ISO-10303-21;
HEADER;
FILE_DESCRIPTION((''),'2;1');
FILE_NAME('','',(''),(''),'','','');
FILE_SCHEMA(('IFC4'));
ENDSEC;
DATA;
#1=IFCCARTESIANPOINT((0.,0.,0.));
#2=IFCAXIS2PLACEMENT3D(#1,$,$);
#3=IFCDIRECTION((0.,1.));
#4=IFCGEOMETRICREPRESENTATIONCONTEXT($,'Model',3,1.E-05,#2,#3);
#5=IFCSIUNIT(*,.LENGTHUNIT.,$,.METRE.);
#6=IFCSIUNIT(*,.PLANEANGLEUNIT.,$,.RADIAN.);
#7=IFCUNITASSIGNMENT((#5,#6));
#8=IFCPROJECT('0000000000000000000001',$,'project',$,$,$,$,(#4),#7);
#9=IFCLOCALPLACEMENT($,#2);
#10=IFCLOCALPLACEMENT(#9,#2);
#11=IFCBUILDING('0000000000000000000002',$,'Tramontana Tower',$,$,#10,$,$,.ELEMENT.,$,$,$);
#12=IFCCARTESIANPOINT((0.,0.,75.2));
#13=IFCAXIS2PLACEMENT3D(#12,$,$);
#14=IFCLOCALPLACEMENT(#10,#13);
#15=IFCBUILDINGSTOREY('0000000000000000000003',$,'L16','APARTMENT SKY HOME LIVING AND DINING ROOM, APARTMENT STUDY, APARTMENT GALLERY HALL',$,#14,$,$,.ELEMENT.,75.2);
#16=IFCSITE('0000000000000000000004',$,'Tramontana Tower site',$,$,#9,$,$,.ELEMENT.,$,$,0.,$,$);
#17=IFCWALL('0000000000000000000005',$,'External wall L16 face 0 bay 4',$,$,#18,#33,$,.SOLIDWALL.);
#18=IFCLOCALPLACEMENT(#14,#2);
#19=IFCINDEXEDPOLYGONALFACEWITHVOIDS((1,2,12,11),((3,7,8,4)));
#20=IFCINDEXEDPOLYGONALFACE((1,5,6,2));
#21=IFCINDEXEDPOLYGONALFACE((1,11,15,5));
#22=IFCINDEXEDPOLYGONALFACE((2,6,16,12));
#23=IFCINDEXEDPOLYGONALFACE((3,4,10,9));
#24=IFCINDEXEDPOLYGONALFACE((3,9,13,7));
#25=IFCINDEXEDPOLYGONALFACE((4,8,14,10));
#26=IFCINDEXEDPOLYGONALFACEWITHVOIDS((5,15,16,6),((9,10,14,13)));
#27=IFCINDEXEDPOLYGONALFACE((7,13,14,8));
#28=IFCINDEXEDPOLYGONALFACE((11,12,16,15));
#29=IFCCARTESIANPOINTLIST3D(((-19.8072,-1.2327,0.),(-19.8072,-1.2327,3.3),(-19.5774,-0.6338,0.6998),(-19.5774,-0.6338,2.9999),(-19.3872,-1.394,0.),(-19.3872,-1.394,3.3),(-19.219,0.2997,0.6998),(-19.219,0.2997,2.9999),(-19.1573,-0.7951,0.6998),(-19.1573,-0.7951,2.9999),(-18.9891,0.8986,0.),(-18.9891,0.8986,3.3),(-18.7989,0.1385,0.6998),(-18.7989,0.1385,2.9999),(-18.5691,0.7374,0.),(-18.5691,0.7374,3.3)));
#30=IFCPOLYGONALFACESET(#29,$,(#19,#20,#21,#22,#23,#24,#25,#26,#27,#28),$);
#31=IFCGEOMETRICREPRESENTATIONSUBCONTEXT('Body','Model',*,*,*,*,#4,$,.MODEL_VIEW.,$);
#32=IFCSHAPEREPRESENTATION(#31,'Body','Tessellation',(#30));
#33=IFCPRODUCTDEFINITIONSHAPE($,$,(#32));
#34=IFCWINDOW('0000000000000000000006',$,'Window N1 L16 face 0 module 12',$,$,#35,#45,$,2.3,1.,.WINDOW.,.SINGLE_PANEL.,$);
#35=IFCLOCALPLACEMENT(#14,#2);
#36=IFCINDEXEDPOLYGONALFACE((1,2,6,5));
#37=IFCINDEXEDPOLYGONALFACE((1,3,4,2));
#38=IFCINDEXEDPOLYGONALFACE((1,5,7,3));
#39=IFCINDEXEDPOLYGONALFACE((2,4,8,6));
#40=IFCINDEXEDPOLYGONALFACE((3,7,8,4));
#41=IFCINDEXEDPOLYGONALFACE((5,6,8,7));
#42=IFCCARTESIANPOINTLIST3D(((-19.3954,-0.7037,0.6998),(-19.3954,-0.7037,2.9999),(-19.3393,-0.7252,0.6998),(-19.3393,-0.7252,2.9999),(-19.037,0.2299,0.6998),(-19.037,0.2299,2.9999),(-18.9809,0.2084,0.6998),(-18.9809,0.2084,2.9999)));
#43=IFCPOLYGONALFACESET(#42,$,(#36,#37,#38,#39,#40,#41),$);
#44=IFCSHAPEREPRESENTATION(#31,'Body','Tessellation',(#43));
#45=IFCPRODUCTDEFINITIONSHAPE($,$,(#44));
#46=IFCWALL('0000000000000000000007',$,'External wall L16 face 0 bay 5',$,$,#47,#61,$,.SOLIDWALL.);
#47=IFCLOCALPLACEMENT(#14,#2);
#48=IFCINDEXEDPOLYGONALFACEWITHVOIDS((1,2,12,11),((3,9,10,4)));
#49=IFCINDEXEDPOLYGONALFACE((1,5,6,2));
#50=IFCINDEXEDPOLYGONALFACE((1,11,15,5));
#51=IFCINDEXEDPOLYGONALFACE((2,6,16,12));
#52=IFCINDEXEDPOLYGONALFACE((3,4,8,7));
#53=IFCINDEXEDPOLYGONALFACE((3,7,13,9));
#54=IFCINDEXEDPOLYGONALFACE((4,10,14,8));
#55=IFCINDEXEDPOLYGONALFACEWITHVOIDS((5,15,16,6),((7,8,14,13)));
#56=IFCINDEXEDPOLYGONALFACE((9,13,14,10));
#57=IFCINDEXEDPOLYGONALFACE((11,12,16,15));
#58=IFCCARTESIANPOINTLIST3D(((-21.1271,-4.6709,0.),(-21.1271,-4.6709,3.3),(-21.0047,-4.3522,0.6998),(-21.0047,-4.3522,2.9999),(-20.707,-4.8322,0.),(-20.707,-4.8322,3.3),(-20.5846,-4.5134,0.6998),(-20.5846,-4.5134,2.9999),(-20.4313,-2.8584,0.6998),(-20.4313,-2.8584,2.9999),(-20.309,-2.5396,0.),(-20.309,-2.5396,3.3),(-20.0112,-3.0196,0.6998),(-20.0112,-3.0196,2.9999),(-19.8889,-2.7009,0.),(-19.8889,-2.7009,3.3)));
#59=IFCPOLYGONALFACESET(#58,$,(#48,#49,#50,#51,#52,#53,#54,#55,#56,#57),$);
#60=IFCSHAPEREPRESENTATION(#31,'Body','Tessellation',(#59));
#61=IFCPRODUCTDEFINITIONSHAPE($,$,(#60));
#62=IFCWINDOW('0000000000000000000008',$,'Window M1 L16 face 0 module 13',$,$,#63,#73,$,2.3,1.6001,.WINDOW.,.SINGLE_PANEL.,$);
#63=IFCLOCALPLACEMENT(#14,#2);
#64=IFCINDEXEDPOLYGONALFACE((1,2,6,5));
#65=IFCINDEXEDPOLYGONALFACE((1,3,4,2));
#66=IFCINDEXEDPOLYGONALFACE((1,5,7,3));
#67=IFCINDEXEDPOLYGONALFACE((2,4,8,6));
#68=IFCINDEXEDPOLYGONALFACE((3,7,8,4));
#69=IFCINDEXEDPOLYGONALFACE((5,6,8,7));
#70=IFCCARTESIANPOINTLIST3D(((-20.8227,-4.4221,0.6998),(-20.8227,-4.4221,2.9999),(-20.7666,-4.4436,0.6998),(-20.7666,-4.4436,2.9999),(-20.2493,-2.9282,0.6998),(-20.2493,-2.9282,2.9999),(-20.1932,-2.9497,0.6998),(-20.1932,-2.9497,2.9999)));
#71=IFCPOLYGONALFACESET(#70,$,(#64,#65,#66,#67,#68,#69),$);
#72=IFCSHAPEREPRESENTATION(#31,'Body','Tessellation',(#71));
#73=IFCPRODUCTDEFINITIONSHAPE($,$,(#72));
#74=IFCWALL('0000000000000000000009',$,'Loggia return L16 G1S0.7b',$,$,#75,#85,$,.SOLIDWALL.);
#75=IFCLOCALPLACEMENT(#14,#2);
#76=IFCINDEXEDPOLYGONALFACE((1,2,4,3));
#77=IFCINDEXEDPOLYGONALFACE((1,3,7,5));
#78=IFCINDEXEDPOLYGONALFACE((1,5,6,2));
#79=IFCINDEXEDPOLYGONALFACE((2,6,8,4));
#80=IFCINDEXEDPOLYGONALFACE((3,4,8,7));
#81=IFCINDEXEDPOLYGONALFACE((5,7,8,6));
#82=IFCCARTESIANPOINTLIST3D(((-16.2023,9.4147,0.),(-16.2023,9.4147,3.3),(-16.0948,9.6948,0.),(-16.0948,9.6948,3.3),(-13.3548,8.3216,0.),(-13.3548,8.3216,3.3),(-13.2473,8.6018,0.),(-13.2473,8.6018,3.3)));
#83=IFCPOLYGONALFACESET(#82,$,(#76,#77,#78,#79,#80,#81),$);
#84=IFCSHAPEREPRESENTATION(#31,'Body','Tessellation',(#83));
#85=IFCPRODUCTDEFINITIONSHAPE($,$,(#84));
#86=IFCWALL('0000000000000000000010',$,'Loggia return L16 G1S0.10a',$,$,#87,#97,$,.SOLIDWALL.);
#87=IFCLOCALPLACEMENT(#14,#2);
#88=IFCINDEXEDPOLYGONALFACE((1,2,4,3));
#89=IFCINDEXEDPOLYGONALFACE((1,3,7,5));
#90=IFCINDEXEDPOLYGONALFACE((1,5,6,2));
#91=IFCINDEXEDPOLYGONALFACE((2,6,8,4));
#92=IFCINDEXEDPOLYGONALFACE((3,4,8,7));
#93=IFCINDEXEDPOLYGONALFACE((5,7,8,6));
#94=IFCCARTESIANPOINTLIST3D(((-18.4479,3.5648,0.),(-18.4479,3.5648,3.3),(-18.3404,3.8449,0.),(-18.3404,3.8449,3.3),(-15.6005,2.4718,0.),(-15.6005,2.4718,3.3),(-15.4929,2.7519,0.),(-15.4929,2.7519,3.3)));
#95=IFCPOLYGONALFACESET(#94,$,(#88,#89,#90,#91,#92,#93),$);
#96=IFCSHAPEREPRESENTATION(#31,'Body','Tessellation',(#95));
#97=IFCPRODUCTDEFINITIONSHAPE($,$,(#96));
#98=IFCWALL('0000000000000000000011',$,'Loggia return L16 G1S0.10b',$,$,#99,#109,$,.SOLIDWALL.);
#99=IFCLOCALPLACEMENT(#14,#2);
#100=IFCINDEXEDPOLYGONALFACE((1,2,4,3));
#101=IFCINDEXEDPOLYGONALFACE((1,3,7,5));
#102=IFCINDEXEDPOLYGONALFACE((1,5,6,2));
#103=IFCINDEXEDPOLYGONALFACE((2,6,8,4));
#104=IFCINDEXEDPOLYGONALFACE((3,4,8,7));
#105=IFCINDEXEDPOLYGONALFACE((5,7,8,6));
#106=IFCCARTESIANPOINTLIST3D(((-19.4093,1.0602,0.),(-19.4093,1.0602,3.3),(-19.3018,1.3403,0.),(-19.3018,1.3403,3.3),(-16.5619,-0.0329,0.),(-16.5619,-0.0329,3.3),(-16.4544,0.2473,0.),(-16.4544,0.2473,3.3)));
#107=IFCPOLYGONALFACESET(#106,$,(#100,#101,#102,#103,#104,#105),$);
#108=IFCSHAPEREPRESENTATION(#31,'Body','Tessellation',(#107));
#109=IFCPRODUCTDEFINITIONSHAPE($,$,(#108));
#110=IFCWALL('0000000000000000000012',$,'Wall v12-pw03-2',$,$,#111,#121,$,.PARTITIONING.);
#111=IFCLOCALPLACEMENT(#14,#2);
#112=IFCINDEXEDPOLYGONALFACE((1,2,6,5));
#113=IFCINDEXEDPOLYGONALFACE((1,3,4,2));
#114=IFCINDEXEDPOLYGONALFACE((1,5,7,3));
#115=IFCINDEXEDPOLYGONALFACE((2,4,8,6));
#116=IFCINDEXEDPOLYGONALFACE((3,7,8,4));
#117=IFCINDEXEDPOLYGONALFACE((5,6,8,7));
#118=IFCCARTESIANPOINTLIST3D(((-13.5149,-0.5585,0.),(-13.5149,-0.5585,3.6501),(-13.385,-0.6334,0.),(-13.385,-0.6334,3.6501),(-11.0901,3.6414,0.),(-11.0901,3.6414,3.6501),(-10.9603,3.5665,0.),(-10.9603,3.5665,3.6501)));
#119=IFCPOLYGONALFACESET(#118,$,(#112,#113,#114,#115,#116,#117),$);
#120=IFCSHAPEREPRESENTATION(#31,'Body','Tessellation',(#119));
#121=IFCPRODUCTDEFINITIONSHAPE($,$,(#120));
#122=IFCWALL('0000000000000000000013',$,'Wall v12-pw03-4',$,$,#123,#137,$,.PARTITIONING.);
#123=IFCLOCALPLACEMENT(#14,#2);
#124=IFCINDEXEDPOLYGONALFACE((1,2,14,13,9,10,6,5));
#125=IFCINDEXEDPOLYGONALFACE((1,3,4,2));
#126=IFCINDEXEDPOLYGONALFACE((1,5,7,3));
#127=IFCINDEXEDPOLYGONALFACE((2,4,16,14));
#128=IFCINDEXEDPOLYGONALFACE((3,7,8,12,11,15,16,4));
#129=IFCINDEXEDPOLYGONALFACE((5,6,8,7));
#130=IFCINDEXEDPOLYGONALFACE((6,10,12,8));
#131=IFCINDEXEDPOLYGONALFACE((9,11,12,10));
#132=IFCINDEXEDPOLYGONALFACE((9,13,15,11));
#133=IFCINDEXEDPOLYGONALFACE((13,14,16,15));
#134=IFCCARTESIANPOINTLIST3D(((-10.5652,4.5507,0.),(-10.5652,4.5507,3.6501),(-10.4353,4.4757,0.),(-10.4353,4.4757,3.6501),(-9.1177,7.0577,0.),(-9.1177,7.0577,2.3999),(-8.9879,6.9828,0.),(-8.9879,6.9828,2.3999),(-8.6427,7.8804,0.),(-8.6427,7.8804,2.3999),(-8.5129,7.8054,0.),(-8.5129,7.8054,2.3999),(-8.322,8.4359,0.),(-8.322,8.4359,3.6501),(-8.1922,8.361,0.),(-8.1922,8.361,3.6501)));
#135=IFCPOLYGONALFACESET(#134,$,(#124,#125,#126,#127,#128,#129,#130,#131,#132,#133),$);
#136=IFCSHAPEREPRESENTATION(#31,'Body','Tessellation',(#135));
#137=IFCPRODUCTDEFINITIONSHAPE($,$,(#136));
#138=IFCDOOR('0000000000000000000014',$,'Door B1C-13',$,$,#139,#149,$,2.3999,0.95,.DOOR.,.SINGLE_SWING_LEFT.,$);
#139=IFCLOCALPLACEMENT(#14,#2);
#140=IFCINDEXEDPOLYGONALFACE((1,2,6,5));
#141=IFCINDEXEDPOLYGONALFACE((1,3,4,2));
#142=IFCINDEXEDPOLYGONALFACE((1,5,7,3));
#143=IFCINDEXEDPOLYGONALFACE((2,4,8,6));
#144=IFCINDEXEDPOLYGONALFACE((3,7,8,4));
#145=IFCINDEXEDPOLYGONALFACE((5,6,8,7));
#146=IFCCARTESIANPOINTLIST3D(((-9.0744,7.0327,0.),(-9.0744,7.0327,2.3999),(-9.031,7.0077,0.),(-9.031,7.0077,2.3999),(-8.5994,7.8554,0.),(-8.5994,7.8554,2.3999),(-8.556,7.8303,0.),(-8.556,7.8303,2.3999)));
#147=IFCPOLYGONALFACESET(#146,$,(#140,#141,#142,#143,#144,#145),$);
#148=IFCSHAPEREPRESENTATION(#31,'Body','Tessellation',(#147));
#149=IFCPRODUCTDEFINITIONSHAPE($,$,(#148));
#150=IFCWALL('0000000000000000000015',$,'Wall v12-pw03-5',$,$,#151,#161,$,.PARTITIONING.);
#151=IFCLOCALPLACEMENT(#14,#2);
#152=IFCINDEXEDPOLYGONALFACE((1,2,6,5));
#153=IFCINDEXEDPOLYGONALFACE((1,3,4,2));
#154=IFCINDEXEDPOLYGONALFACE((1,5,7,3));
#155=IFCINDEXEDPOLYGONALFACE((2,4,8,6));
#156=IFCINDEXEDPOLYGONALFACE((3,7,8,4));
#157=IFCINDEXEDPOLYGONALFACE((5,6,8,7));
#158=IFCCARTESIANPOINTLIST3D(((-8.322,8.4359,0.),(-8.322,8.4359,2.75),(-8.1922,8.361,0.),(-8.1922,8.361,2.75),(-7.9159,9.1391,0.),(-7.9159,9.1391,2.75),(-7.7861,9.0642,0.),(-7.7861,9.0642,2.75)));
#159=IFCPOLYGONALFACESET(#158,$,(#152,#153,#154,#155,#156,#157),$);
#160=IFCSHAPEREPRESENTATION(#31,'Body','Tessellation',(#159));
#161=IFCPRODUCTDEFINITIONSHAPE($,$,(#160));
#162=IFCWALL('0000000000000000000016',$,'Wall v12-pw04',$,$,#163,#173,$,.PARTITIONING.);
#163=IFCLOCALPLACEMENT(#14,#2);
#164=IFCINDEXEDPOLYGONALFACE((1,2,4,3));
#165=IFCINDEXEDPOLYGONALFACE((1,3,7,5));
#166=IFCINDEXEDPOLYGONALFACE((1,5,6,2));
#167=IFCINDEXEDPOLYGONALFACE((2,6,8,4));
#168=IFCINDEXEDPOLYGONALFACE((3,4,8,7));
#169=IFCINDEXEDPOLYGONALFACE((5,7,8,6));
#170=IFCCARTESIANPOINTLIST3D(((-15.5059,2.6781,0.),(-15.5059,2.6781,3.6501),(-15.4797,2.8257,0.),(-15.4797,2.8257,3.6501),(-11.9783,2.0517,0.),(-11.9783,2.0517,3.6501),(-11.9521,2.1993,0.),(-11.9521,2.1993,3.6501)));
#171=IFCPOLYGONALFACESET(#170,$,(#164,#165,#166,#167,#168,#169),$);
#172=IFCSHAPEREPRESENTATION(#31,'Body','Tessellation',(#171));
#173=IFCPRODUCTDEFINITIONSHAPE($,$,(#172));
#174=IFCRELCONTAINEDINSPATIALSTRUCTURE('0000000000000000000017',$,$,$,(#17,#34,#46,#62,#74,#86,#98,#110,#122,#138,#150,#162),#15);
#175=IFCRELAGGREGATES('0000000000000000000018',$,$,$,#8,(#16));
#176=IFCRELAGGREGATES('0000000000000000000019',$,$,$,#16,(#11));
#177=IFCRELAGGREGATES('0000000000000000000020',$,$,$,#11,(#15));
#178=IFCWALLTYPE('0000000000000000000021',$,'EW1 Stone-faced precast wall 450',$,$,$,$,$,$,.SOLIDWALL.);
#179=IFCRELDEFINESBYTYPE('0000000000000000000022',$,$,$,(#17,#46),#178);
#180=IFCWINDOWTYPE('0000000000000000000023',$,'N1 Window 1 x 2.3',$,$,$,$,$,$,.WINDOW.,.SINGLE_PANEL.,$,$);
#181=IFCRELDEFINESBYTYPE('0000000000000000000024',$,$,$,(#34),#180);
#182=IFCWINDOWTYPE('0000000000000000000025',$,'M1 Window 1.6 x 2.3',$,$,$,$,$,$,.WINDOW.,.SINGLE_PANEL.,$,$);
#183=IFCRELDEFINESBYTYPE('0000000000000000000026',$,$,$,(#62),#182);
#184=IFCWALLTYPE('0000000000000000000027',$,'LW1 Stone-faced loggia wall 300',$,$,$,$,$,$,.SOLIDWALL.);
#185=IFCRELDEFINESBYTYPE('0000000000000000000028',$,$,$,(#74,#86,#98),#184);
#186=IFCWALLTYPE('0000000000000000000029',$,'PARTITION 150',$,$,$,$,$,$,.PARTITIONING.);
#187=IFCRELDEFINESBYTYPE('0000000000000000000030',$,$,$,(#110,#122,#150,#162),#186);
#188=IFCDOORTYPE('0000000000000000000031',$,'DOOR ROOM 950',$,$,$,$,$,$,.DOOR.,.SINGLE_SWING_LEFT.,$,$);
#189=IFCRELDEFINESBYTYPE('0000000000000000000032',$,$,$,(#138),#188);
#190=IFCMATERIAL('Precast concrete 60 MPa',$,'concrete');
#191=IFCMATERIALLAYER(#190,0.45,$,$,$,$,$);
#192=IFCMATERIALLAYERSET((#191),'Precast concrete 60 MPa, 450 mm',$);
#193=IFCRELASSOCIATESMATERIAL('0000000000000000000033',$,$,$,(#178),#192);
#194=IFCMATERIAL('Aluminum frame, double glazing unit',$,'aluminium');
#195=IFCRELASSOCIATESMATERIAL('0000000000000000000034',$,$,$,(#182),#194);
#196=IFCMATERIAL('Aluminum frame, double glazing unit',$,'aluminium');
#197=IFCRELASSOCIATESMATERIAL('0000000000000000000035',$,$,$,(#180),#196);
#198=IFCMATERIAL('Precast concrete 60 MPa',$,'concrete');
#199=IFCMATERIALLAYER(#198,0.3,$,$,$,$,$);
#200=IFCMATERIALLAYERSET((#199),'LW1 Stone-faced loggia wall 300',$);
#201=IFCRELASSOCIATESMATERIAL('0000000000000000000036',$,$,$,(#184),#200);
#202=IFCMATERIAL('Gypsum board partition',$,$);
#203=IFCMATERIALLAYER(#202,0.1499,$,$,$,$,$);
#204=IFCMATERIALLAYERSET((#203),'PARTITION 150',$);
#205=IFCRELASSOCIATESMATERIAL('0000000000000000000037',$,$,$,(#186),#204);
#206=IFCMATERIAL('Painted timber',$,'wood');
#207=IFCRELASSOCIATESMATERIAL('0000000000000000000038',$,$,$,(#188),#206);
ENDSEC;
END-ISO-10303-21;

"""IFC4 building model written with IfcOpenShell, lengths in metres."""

from ifc_helpers import new_model, si_unit, direction, frame, frame_2d, origin, place, context, subcontext, project, spatial, rectangle, extrude, material, layer, layer_set, type_object, element, fill, save


model = new_model("IFC4")

# Units and contexts
model_context = context("Model", 3, precision=1e-05, world=origin(), true_north=direction((0.0, 1.0)))
body_context = subcontext(model_context, "Body", "Model", "MODEL_VIEW")
ifc_project = project(units=[si_unit("LENGTHUNIT", "METRE"), si_unit("PLANEANGLEUNIT", "RADIAN")], contexts=[model_context])

# Site, building, storey
site_placement = place(None, origin())
site = spatial("IfcSite", under=ifc_project, at=site_placement, Name="Tramontana Tower site", CompositionType="ELEMENT", RefElevation=0.0)
building_placement = place(site_placement, origin())
building = spatial("IfcBuilding", under=site, at=building_placement, Name="Tramontana Tower", CompositionType="ELEMENT")
storey_placement = place(building_placement, frame((0.0, 0.0, 75.2)))
storey = spatial("IfcBuildingStorey", under=building, at=storey_placement, Name="L16", Description="APARTMENT SKY HOME LIVING AND DINING ROOM, APARTMENT STUDY, APARTMENT GALLERY HALL", CompositionType="ELEMENT", Elevation=75.2)

# Walls, openings, windows
ifc_material_1 = material(Name="Precast concrete 60 MPa", Category="concrete")
ifc_layer_1 = layer(ifc_material_1, 0.45)
ifc_layer_set_1 = layer_set([ifc_layer_1], Name="Precast concrete 60 MPa, 450 mm")
wall_type_1 = type_object("IfcWallType", Name="EW1 Stone-faced precast wall 450", PredefinedType="SOLIDWALL", material=ifc_layer_set_1)
ifc_material_2 = material(Name="Aluminum frame, double glazing unit", Category="aluminium")
window_type_1 = type_object("IfcWindowType", Name="M1 Window 1.6 x 2.3", PartitioningType="SINGLE_PANEL", PredefinedType="WINDOW", material=ifc_material_2)
wall_1_placement = place(storey_placement, frame((-18.7791, 0.8181, 0.0), z_axis=(0.0, 0.0, 1.0), x_axis=(-0.358356, -0.933585, 0.0)))
wall_1 = element("IfcWall", 1, at=wall_1_placement, inside=storey, type_object=wall_type_1, Name="External wall L16 face 0 bay 4", PredefinedType="SOLIDWALL", context=body_context, shape_type="SweptSolid", body=[
    extrude(rectangle(XDim=2.283, YDim=0.45, at=frame_2d((1.1416, 0.0))), origin(), (0.0, 0.0, 1.0), 3.3),
])
opening_1_placement = place(wall_1_placement, frame((0.6416, 0.0, 0.7)))
opening_1 = element("IfcOpeningElement", 2, at=opening_1_placement, cuts=wall_1, PredefinedType="OPENING", context=body_context, shape_type="SweptSolid", body=[
    extrude(rectangle(XDim=1.0, YDim=2.3, at=frame_2d((0.5, 1.1499))), frame((0.0, 0.2349, 0.0), z_axis=(0.0, -1.0, 0.0), x_axis=(1.0, 0.0, 0.0)), (0.0, 0.0, 1.0), 0.47),
])
ifc_material_3 = material(Name="Aluminum frame, double glazing unit", Category="aluminium")
window_type_2 = type_object("IfcWindowType", Name="N1 Window 1 x 2.3", PartitioningType="SINGLE_PANEL", PredefinedType="WINDOW", material=ifc_material_3)
window_1_placement = place(opening_1_placement, origin())
window_1 = element("IfcWindow", 3, at=window_1_placement, inside=storey, type_object=window_type_2, Name="Window N1 L16 face 0 module 12", OverallHeight=2.3, OverallWidth=1.0, PartitioningType="SINGLE_PANEL", PredefinedType="WINDOW", context=body_context, shape_type="SweptSolid", body=[
    extrude(rectangle(XDim=1.0, YDim=2.3, at=frame_2d((0.5, 1.1499))), frame((0.0, 0.03, 0.0), z_axis=(0.0, -1.0, 0.0), x_axis=(1.0, 0.0, 0.0)), (0.0, 0.0, 1.0), 0.0601),
])
fill(opening_1, window_1)
wall_2_placement = place(storey_placement, frame((-20.0989, -2.6201, 0.0), z_axis=(0.0, 0.0, 1.0), x_axis=(-0.358356, -0.933585, 0.0)))
wall_2 = element("IfcWall", 4, at=wall_2_placement, inside=storey, type_object=wall_type_1, Name="External wall L16 face 0 bay 5", PredefinedType="SOLIDWALL", context=body_context, shape_type="SweptSolid", body=[
    extrude(rectangle(XDim=2.283, YDim=0.45, at=frame_2d((1.1416, 0.0))), origin(), (0.0, 0.0, 1.0), 3.3),
])
opening_2_placement = place(wall_2_placement, frame((0.3416, 0.0, 0.7)))
opening_2 = element("IfcOpeningElement", 5, at=opening_2_placement, cuts=wall_2, PredefinedType="OPENING", context=body_context, shape_type="SweptSolid", body=[
    extrude(rectangle(XDim=1.6001, YDim=2.3, at=frame_2d((0.8, 1.1499))), frame((0.0, 0.2349, 0.0), z_axis=(0.0, -1.0, 0.0), x_axis=(1.0, 0.0, 0.0)), (0.0, 0.0, 1.0), 0.47),
])
window_2_placement = place(opening_2_placement, origin())
window_2 = element("IfcWindow", 6, at=window_2_placement, inside=storey, type_object=window_type_1, Name="Window M1 L16 face 0 module 13", OverallHeight=2.3, OverallWidth=1.6001, PartitioningType="SINGLE_PANEL", PredefinedType="WINDOW", context=body_context, shape_type="SweptSolid", body=[
    extrude(rectangle(XDim=1.6001, YDim=2.3, at=frame_2d((0.8, 1.1499))), frame((0.0, 0.03, 0.0), z_axis=(0.0, -1.0, 0.0), x_axis=(1.0, 0.0, 0.0)), (0.0, 0.0, 1.0), 0.0601),
])
fill(opening_2, window_2)

# Wall
ifc_material_4 = material(Name="Precast concrete 60 MPa", Category="concrete")
ifc_layer_2 = layer(ifc_material_4, 0.3)
ifc_layer_set_2 = layer_set([ifc_layer_2], Name="LW1 Stone-faced loggia wall 300")
wall_type_2 = type_object("IfcWallType", Name="LW1 Stone-faced loggia wall 300", PredefinedType="SOLIDWALL", material=ifc_layer_set_2)
wall_3_placement = place(storey_placement, frame((-16.1484, 9.5547, 0.0), z_axis=(0.0, 0.0, 1.0), x_axis=(0.933581, -0.358368, 0.0)))
element("IfcWall", 7, at=wall_3_placement, inside=storey, type_object=wall_type_2, Name="Loggia return L16 G1S0.7b", PredefinedType="SOLIDWALL", context=body_context, shape_type="SweptSolid", body=[
    extrude(rectangle(XDim=3.05, YDim=0.3, at=frame_2d((1.5249, 0.0))), origin(), (0.0, 0.0, 1.0), 3.3),
])

# Walls
for number, where, z_axis, x_axis, name in (
    (8, (-18.394, 3.7048, 0.0), (0.0, 0.0, 1.0), (0.933581, -0.358368, 0.0), "Loggia return L16 G1S0.10a"),
    (9, (-19.3555, 1.2002, 0.0), (0.0, 0.0, 1.0), (0.933581, -0.358368, 0.0), "Loggia return L16 G1S0.10b"),
):
    element("IfcWall", number, at=place(storey_placement, frame(where, z_axis=z_axis, x_axis=x_axis)), inside=storey, type_object=wall_type_2, Name=name, PredefinedType="SOLIDWALL", context=body_context, shape_type="SweptSolid", body=[
        extrude(rectangle(XDim=3.05, YDim=0.3, at=frame_2d((1.5249, 0.0))), origin(), (0.0, 0.0, 1.0), 3.3),
    ])

# Shared definitions
ifc_material_5 = material(Name="Gypsum board partition")
ifc_layer_3 = layer(ifc_material_5, 0.1499)
ifc_layer_set_3 = layer_set([ifc_layer_3], Name="PARTITION 150")
wall_type_3 = type_object("IfcWallType", Name="PARTITION 150", PredefinedType="PARTITIONING", material=ifc_layer_set_3)
ifc_material_6 = material(Name="Painted timber", Category="wood")
door_type_1 = type_object("IfcDoorType", Name="DOOR ROOM 950", OperationType="SINGLE_SWING_LEFT", PredefinedType="DOOR", material=ifc_material_6)

# Wall
wall_4_placement = place(storey_placement, frame((-13.45, -0.5959, 0.0), z_axis=(0.0, 0.0, 1.0), x_axis=(0.499994, 0.866029, 0.0)))
element("IfcWall", 10, at=wall_4_placement, inside=storey, type_object=wall_type_3, Name="Wall v12-pw03-2", PredefinedType="PARTITIONING", context=body_context, shape_type="SweptSolid", body=[
    extrude(rectangle(XDim=4.8496, YDim=0.1499, at=frame_2d((2.4248, 0.0))), origin(), (0.0, 0.0, 1.0), 3.6501),
])

# Wall, opening, door
wall_5_placement = place(storey_placement, frame((-10.5002, 4.5132, 0.0), z_axis=(0.0, 0.0, 1.0), x_axis=(0.500002, 0.866024, 0.0)))
wall_5 = element("IfcWall", 11, at=wall_5_placement, inside=storey, type_object=wall_type_3, Name="Wall v12-pw03-4", PredefinedType="PARTITIONING", context=body_context, shape_type="SweptSolid", body=[
    extrude(rectangle(XDim=4.4863, YDim=0.1499, at=frame_2d((2.2432, 0.0))), origin(), (0.0, 0.0, 1.0), 3.6501),
])
opening_3_placement = place(wall_5_placement, frame((2.8948, 0.0, 0.0)))
opening_3 = element("IfcOpeningElement", 12, at=opening_3_placement, cuts=wall_5, PredefinedType="OPENING", context=body_context, shape_type="SweptSolid", body=[
    extrude(rectangle(XDim=0.95, YDim=2.3999, at=frame_2d((0.4751, 1.2))), frame((0.0, 0.085, 0.0), z_axis=(0.0, -1.0, 0.0), x_axis=(1.0, 0.0, 0.0)), (0.0, 0.0, 1.0), 0.1699),
])
door_1_placement = place(opening_3_placement, origin())
door_1 = element("IfcDoor", 13, at=door_1_placement, inside=storey, type_object=door_type_1, Name="Door B1C-13", OperationType="SINGLE_SWING_LEFT", OverallHeight=2.3999, OverallWidth=0.95, PredefinedType="DOOR", context=body_context, shape_type="SweptSolid", body=[
    extrude(rectangle(XDim=0.95, YDim=2.3999, at=frame_2d((0.4751, 1.2))), frame((0.0, 0.0249, 0.0), z_axis=(0.0, -1.0, 0.0), x_axis=(1.0, 0.0, 0.0)), (0.0, 0.0, 1.0), 0.05),
])
fill(opening_3, door_1)

# Walls
wall_6_placement = place(storey_placement, frame((-8.2571, 8.3984, 0.0), z_axis=(0.0, 0.0, 1.0), x_axis=(0.500052, 0.865995, 0.0)))
element("IfcWall", 14, at=wall_6_placement, inside=storey, type_object=wall_type_3, Name="Wall v12-pw03-5", PredefinedType="PARTITIONING", context=body_context, shape_type="SweptSolid", body=[
    extrude(rectangle(XDim=0.812, YDim=0.1499, at=frame_2d((0.406, 0.0))), origin(), (0.0, 0.0, 1.0), 2.75),
])
wall_7_placement = place(storey_placement, frame((-15.4929, 2.752, 0.0), z_axis=(0.0, 0.0, 1.0), x_axis=(0.984594, -0.174854, 0.0)))
element("IfcWall", 15, at=wall_7_placement, inside=storey, type_object=wall_type_3, Name="Wall v12-pw04", PredefinedType="PARTITIONING", context=body_context, shape_type="SweptSolid", body=[
    extrude(rectangle(XDim=3.5828, YDim=0.1499, at=frame_2d((1.7915, 0.0))), origin(), (0.0, 0.0, 1.0), 3.6501),
])

save(model, "model.ifc")
